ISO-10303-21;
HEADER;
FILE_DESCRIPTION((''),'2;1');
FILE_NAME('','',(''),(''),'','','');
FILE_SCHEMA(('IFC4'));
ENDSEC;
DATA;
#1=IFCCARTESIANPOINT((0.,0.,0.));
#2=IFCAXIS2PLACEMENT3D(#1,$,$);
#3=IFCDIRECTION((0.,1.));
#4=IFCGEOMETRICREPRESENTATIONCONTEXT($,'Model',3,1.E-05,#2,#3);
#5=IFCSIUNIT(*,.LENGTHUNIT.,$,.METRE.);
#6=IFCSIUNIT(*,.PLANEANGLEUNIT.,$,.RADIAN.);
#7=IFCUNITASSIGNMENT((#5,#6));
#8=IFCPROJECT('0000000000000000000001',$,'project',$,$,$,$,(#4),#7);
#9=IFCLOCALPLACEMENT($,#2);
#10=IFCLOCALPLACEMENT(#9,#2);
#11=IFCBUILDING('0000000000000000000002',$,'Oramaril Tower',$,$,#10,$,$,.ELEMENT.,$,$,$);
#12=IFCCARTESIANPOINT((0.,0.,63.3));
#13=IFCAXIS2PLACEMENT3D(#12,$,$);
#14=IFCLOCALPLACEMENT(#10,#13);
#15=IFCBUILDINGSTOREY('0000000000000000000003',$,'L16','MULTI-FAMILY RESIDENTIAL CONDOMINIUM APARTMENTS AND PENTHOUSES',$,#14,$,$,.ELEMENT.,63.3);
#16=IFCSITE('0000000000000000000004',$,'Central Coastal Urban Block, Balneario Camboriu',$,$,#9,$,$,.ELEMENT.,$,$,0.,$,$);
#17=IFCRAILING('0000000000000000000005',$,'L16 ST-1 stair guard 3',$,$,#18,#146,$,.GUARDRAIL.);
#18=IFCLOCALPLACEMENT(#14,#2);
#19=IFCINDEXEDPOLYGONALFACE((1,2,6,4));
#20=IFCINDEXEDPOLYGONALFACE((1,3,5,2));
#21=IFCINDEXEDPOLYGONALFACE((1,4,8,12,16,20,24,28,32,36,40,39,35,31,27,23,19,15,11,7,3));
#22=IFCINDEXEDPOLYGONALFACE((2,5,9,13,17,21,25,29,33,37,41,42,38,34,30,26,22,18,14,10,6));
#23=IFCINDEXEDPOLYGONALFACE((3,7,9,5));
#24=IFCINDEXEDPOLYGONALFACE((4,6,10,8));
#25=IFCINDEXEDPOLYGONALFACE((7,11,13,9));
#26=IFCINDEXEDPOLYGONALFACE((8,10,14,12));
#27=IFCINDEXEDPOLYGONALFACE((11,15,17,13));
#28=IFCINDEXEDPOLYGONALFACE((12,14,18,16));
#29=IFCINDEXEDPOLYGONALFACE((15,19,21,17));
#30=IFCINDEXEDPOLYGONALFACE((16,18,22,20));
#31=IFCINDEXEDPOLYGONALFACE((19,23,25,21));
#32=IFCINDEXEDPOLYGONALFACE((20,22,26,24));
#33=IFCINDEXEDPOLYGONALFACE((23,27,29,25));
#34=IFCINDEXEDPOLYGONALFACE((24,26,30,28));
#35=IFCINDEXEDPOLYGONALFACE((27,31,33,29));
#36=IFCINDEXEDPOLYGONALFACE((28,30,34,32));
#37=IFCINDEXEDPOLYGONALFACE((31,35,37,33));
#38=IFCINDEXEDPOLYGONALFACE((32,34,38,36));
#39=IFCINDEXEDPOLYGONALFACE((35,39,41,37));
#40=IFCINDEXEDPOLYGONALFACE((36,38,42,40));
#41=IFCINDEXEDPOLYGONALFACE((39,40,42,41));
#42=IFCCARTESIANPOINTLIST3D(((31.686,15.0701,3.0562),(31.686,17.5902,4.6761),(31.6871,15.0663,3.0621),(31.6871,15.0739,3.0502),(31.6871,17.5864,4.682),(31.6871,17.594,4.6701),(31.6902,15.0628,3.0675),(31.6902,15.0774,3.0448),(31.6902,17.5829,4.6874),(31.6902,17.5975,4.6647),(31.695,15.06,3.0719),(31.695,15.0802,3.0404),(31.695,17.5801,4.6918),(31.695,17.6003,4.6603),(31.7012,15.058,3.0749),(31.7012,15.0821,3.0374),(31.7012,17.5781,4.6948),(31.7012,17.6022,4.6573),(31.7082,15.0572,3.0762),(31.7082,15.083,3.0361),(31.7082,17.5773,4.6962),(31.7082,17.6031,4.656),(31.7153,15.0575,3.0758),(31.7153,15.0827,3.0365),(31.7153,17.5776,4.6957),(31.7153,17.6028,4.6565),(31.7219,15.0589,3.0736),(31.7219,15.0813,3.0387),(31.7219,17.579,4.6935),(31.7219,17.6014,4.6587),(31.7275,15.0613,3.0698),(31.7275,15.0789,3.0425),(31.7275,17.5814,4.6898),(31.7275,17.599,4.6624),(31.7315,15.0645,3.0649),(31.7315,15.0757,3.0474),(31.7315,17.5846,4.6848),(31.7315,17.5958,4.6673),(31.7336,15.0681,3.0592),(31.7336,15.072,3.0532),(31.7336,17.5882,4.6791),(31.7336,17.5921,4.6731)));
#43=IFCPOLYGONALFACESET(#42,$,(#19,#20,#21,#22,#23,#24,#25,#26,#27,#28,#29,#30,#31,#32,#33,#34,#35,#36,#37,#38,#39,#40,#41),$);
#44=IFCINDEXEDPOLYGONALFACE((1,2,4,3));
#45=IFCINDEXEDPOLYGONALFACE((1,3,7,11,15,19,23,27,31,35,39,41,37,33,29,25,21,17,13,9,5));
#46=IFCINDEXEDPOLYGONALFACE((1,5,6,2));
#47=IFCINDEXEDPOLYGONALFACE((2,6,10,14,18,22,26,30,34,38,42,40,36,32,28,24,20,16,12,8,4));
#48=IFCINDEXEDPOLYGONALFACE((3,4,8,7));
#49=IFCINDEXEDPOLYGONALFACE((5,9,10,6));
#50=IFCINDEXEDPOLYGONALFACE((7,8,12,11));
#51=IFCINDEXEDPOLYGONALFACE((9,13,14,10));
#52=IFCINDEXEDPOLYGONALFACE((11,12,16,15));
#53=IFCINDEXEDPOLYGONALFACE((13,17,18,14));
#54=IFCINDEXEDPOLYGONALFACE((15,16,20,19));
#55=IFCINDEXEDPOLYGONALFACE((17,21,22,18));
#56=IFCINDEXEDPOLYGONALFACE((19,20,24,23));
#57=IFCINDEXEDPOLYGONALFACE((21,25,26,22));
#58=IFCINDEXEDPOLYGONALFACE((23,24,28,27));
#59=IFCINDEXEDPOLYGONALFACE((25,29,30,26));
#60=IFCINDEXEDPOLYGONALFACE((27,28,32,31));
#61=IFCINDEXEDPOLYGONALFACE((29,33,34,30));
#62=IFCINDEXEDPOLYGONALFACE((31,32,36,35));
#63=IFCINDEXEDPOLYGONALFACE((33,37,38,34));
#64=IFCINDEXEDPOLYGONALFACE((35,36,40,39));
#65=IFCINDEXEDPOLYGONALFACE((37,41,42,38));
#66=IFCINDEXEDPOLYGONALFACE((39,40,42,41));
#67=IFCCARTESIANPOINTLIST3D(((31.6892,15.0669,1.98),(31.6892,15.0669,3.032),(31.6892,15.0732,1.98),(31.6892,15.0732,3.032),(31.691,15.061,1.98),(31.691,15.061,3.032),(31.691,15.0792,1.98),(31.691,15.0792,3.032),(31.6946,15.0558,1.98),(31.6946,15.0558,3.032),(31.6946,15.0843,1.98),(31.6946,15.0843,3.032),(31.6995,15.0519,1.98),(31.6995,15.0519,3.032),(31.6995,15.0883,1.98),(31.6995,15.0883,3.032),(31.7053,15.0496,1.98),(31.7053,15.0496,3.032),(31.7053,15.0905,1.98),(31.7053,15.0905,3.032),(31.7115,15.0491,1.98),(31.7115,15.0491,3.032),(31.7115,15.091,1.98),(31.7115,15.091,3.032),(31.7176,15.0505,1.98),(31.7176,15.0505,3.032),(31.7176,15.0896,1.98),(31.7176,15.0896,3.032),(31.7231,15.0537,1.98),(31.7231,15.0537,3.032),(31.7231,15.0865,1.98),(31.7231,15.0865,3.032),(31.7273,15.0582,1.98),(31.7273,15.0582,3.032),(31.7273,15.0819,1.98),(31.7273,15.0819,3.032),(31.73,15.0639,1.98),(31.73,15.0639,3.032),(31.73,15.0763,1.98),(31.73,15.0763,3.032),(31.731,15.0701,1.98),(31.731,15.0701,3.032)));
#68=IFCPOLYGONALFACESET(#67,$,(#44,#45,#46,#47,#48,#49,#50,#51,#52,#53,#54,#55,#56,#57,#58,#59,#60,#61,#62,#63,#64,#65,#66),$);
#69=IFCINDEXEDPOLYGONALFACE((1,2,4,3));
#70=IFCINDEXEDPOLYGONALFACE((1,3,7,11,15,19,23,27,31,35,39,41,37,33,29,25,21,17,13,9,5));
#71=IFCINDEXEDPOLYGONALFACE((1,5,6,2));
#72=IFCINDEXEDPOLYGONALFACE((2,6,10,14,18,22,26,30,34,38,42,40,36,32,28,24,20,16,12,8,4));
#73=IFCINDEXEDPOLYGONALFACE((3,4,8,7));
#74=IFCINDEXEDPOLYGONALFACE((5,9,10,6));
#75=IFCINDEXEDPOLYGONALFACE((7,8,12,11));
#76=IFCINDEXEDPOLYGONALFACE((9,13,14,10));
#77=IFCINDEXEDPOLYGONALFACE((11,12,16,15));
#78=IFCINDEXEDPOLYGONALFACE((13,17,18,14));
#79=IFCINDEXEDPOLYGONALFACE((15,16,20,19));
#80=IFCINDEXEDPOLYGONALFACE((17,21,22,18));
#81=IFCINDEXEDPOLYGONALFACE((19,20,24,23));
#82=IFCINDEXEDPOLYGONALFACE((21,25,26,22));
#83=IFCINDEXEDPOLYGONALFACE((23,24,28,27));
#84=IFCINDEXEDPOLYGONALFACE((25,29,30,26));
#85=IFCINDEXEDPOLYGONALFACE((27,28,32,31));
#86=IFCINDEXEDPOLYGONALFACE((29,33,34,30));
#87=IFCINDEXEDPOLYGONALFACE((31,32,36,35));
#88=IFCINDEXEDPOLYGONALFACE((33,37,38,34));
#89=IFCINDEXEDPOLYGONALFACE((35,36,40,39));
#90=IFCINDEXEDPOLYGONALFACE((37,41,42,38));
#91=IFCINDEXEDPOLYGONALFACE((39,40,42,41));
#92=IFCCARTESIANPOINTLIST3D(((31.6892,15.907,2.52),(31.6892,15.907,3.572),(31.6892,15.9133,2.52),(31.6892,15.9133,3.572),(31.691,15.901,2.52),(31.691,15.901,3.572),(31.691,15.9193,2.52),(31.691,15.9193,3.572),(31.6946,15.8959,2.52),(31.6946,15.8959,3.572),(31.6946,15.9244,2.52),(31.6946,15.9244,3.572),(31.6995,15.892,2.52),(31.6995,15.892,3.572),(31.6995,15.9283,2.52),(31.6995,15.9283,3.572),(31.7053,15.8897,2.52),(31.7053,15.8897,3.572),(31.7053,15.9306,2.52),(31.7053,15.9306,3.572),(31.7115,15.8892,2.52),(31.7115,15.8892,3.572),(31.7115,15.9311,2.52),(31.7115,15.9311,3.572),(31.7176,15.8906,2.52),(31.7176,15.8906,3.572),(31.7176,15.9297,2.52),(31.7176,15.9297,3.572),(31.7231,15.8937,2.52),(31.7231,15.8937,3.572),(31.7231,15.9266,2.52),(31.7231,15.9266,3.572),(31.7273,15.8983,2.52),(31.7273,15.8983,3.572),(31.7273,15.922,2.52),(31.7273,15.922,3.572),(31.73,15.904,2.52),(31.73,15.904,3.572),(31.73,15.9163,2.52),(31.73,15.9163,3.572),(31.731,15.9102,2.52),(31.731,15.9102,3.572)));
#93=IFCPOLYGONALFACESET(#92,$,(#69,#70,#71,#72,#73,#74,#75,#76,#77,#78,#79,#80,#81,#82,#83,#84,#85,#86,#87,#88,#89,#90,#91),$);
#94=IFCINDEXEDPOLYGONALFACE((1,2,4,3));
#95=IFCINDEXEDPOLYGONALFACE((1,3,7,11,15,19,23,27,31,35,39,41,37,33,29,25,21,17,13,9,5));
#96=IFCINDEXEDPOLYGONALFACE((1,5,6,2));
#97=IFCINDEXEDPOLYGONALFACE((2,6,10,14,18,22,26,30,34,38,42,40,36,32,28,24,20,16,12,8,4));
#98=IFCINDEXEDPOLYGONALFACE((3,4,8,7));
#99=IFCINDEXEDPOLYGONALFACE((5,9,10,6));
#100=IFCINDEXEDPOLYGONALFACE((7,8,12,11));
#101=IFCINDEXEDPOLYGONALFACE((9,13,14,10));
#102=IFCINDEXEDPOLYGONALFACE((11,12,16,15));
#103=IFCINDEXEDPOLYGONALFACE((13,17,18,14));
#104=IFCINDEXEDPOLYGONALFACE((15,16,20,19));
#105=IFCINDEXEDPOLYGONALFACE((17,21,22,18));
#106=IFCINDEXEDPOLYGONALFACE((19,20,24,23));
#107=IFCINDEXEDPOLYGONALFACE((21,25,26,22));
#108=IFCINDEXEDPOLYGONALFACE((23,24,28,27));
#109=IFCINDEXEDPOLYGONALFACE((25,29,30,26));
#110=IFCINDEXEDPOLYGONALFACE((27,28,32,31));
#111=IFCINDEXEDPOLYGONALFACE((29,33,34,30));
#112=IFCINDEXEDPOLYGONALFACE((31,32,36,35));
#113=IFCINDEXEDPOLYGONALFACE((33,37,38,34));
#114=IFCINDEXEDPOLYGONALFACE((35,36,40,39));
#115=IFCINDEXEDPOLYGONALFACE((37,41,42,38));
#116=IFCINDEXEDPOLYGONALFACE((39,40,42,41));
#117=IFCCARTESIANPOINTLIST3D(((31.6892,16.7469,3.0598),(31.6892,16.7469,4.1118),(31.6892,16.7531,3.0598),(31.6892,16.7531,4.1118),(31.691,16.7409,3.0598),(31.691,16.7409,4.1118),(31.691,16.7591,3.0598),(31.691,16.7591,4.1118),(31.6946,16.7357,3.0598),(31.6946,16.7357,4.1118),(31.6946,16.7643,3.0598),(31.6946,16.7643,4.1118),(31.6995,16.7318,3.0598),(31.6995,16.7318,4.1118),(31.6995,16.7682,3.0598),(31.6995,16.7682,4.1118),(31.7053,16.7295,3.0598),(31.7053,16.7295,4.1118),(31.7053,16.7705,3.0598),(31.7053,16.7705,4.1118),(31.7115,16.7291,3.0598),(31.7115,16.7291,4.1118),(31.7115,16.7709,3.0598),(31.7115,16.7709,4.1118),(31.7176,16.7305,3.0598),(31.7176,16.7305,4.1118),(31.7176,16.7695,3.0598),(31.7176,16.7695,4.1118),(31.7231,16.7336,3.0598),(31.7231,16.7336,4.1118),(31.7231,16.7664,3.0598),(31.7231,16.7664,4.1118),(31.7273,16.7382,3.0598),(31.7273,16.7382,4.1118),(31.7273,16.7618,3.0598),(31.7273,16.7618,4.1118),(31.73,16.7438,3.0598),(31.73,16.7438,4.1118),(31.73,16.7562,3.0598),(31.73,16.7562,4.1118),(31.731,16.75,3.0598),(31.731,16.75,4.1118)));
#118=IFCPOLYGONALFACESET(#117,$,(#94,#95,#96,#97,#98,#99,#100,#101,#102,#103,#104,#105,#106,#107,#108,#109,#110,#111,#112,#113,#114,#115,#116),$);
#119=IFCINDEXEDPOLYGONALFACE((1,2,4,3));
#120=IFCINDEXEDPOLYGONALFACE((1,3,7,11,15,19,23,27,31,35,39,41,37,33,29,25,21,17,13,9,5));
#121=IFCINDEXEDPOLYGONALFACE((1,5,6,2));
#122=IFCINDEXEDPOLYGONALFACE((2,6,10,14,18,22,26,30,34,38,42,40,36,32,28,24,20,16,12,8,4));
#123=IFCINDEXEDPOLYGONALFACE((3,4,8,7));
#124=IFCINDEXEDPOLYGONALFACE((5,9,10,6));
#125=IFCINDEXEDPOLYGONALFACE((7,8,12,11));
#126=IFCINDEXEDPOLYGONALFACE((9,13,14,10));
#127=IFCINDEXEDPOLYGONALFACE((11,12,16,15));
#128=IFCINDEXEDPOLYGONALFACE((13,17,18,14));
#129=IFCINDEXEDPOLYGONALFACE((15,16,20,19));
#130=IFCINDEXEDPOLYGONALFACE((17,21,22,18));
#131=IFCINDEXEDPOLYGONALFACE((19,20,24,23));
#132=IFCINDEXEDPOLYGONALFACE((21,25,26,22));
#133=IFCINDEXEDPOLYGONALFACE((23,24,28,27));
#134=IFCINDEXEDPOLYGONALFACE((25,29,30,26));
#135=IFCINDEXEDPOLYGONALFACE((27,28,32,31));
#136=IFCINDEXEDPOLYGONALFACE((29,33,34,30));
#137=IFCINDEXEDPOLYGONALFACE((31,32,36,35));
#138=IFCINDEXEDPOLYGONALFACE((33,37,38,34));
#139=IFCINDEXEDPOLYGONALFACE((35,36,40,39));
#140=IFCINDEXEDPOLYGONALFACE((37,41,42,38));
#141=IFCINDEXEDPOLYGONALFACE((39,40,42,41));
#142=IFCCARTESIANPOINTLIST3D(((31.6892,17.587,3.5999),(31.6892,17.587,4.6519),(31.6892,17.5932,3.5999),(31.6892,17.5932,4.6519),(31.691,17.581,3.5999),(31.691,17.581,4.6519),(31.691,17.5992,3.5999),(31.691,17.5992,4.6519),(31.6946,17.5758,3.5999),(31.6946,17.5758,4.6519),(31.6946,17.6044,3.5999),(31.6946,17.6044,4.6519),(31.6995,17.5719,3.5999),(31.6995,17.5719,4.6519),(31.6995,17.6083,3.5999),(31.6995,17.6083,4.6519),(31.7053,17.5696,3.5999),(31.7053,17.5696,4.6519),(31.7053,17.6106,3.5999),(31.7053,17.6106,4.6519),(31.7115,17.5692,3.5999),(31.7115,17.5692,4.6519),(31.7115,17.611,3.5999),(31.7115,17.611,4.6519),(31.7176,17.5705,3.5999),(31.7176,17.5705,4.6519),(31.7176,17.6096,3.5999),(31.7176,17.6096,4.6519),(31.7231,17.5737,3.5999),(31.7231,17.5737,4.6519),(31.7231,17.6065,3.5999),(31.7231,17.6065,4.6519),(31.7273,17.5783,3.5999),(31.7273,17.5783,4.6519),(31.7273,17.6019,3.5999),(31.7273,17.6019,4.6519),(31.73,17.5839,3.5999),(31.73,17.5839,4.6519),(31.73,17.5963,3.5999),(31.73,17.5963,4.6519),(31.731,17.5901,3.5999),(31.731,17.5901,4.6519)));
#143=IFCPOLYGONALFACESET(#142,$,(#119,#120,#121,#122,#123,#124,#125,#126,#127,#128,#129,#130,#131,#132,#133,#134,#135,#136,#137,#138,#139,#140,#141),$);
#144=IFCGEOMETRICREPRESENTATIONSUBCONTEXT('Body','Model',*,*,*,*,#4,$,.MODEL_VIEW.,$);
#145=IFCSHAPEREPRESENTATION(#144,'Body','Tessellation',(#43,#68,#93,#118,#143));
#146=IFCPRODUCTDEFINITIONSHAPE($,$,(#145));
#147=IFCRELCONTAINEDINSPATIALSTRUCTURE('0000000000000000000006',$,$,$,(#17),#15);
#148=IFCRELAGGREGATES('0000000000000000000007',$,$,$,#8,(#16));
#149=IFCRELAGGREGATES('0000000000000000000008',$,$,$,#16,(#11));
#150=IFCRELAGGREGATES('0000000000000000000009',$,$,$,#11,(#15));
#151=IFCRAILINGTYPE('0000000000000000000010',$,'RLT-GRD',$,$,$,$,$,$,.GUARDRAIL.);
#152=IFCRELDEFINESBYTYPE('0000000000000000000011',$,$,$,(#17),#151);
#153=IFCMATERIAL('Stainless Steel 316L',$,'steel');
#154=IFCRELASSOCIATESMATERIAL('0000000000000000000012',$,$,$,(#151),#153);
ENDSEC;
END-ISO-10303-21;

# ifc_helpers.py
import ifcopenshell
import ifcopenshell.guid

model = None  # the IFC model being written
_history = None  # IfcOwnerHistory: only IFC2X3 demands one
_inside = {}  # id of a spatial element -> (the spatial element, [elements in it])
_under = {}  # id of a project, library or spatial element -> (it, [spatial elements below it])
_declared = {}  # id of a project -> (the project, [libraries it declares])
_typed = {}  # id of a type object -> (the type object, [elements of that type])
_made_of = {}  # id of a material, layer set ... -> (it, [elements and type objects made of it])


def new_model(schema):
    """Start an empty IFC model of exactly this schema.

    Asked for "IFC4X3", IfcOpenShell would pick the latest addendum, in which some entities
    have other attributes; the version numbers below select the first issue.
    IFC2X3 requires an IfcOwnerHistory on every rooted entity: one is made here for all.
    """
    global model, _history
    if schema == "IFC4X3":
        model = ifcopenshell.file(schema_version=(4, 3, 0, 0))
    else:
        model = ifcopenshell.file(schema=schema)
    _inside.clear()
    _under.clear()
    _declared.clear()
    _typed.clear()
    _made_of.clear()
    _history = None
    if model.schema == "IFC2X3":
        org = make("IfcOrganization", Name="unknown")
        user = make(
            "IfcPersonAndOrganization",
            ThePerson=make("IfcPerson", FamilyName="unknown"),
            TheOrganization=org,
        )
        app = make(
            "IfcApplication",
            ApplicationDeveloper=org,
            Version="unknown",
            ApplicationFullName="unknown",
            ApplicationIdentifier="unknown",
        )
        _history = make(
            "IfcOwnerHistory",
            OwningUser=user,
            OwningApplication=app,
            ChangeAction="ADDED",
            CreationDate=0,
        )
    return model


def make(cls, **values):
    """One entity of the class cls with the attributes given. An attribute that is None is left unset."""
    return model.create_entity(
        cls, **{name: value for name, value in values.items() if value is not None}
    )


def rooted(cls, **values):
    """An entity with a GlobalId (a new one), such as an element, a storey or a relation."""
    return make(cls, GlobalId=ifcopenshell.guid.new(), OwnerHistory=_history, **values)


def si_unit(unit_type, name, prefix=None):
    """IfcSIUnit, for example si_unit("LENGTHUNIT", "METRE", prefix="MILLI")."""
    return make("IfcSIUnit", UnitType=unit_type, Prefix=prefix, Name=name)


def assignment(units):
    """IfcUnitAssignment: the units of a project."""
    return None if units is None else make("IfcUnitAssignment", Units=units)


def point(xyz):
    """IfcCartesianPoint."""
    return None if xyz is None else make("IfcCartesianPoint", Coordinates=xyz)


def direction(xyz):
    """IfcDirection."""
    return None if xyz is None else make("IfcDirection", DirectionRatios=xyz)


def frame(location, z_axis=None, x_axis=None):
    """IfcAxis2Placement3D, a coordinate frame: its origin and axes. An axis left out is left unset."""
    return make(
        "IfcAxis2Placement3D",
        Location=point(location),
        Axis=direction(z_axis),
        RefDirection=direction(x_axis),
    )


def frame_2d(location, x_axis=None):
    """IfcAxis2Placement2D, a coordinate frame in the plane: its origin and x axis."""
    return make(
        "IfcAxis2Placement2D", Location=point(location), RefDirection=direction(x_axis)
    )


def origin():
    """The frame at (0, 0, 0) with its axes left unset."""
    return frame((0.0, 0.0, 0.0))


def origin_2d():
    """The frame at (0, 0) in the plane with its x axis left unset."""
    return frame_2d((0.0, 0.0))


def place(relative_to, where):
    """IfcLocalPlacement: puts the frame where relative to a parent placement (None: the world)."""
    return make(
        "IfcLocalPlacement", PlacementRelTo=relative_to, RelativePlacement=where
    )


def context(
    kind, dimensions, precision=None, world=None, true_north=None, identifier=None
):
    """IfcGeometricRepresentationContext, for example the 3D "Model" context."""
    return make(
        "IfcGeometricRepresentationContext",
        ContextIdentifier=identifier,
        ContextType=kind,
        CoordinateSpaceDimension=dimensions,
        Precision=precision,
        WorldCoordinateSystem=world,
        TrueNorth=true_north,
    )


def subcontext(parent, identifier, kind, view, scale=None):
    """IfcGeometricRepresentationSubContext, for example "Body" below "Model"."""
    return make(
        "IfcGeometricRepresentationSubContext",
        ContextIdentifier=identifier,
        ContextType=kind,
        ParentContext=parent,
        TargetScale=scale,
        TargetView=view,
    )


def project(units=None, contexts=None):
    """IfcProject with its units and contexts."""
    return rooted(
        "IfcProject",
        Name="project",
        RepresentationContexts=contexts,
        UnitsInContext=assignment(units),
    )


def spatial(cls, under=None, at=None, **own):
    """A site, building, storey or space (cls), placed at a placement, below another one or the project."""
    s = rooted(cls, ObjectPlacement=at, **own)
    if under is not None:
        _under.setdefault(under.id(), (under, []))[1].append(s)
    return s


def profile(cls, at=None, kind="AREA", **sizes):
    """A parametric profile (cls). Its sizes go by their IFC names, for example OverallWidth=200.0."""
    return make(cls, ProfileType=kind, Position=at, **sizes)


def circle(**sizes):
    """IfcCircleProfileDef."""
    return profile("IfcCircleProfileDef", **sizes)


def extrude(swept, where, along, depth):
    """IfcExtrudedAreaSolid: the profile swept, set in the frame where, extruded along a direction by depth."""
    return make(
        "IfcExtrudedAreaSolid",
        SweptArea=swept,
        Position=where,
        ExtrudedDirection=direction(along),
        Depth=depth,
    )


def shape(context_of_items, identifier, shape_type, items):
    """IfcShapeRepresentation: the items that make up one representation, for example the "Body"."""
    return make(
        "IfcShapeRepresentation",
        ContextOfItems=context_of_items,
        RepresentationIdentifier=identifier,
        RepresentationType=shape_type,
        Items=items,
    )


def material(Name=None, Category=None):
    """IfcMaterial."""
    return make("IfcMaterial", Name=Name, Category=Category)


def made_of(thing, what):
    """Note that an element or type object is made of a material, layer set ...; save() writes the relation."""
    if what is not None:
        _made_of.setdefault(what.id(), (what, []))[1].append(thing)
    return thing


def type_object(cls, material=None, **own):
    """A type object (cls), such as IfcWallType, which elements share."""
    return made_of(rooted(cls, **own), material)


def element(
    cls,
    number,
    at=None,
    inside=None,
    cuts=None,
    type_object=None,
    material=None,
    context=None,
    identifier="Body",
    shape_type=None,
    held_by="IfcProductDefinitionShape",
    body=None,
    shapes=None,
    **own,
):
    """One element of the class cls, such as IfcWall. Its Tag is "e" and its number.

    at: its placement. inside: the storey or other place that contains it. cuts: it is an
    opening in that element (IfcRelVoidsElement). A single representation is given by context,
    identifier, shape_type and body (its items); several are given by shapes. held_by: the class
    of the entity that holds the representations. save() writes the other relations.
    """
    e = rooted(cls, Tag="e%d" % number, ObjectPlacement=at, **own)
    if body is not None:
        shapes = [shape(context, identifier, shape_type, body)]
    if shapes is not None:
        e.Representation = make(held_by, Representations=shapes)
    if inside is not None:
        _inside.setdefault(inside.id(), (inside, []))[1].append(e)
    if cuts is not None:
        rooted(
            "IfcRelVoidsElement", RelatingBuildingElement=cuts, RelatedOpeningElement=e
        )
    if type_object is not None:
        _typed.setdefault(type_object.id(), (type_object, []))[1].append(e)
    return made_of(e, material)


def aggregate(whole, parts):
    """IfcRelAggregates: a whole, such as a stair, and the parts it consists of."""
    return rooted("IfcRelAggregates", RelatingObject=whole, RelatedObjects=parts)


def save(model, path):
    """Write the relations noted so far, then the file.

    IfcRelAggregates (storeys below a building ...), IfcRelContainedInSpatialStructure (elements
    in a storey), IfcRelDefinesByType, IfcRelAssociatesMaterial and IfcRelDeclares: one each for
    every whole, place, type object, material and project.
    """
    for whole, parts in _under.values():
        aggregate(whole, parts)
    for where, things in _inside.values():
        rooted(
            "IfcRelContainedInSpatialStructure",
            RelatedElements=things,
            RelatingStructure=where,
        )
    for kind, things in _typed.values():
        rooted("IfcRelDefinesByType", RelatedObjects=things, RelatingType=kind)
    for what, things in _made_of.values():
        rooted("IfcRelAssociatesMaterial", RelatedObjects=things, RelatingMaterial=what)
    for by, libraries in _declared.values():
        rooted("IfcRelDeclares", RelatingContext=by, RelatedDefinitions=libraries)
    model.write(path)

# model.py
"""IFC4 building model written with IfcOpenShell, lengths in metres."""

from ifc_helpers import new_model, si_unit, direction, frame, origin, origin_2d, place, context, subcontext, project, spatial, circle, extrude, material, type_object, element, save


model = new_model("IFC4")

# Units and contexts
model_context = context("Model", 3, precision=1e-05, world=origin(), true_north=direction((0.0, 1.0)))
body_context = subcontext(model_context, "Body", "Model", "MODEL_VIEW")
ifc_project = project(units=[si_unit("LENGTHUNIT", "METRE"), si_unit("PLANEANGLEUNIT", "RADIAN")], contexts=[model_context])

# Site, building, storey
site_placement = place(None, origin())
site = spatial("IfcSite", under=ifc_project, at=site_placement, Name="Central Coastal Urban Block, Balneario Camboriu", CompositionType="ELEMENT", RefElevation=0.0)
building_placement = place(site_placement, origin())
building = spatial("IfcBuilding", under=site, at=building_placement, Name="Oramaril Tower", CompositionType="ELEMENT")
storey_placement = place(building_placement, frame((0.0, 0.0, 63.3)))
storey = spatial("IfcBuildingStorey", under=building, at=storey_placement, Name="L16", Description="MULTI-FAMILY RESIDENTIAL CONDOMINIUM APARTMENTS AND PENTHOUSES", CompositionType="ELEMENT", Elevation=63.3)

# Railing
ifc_material_1 = material(Name="Stainless Steel 316L", Category="steel")
railing_type_1 = type_object("IfcRailingType", Name="RLT-GRD", PredefinedType="GUARDRAIL", material=ifc_material_1)
railing_1_placement = place(storey_placement, frame((31.71, 15.0701, 1.98)))
element("IfcRailing", 1, at=railing_1_placement, inside=storey, type_object=railing_type_1, Name="L16 ST-1 stair guard 3", PredefinedType="GUARDRAIL", context=body_context, shape_type="SweptSolid", body=[
    extrude(circle(Radius=0.0239, at=origin_2d()), frame((0.0, 0.0, 1.0762), z_axis=(0.0, 0.8412, 0.540725), x_axis=(-1.0, 0.0, 0.0)), (0.0, 0.0, 1.0), 2.9958),
    extrude(circle(Radius=0.021, at=origin_2d()), origin(), (0.0, 0.0, 1.0), 1.052),
    extrude(circle(Radius=0.021, at=origin_2d()), frame((0.0, 0.8401, 0.54)), (0.0, 0.0, 1.0), 1.052),
    extrude(circle(Radius=0.021, at=origin_2d()), frame((0.0, 1.6799, 1.0798)), (0.0, 0.0, 1.0), 1.052),
    extrude(circle(Radius=0.021, at=origin_2d()), frame((0.0, 2.52, 1.6199)), (0.0, 0.0, 1.0), 1.052),
])

save(model, "model.ifc")
